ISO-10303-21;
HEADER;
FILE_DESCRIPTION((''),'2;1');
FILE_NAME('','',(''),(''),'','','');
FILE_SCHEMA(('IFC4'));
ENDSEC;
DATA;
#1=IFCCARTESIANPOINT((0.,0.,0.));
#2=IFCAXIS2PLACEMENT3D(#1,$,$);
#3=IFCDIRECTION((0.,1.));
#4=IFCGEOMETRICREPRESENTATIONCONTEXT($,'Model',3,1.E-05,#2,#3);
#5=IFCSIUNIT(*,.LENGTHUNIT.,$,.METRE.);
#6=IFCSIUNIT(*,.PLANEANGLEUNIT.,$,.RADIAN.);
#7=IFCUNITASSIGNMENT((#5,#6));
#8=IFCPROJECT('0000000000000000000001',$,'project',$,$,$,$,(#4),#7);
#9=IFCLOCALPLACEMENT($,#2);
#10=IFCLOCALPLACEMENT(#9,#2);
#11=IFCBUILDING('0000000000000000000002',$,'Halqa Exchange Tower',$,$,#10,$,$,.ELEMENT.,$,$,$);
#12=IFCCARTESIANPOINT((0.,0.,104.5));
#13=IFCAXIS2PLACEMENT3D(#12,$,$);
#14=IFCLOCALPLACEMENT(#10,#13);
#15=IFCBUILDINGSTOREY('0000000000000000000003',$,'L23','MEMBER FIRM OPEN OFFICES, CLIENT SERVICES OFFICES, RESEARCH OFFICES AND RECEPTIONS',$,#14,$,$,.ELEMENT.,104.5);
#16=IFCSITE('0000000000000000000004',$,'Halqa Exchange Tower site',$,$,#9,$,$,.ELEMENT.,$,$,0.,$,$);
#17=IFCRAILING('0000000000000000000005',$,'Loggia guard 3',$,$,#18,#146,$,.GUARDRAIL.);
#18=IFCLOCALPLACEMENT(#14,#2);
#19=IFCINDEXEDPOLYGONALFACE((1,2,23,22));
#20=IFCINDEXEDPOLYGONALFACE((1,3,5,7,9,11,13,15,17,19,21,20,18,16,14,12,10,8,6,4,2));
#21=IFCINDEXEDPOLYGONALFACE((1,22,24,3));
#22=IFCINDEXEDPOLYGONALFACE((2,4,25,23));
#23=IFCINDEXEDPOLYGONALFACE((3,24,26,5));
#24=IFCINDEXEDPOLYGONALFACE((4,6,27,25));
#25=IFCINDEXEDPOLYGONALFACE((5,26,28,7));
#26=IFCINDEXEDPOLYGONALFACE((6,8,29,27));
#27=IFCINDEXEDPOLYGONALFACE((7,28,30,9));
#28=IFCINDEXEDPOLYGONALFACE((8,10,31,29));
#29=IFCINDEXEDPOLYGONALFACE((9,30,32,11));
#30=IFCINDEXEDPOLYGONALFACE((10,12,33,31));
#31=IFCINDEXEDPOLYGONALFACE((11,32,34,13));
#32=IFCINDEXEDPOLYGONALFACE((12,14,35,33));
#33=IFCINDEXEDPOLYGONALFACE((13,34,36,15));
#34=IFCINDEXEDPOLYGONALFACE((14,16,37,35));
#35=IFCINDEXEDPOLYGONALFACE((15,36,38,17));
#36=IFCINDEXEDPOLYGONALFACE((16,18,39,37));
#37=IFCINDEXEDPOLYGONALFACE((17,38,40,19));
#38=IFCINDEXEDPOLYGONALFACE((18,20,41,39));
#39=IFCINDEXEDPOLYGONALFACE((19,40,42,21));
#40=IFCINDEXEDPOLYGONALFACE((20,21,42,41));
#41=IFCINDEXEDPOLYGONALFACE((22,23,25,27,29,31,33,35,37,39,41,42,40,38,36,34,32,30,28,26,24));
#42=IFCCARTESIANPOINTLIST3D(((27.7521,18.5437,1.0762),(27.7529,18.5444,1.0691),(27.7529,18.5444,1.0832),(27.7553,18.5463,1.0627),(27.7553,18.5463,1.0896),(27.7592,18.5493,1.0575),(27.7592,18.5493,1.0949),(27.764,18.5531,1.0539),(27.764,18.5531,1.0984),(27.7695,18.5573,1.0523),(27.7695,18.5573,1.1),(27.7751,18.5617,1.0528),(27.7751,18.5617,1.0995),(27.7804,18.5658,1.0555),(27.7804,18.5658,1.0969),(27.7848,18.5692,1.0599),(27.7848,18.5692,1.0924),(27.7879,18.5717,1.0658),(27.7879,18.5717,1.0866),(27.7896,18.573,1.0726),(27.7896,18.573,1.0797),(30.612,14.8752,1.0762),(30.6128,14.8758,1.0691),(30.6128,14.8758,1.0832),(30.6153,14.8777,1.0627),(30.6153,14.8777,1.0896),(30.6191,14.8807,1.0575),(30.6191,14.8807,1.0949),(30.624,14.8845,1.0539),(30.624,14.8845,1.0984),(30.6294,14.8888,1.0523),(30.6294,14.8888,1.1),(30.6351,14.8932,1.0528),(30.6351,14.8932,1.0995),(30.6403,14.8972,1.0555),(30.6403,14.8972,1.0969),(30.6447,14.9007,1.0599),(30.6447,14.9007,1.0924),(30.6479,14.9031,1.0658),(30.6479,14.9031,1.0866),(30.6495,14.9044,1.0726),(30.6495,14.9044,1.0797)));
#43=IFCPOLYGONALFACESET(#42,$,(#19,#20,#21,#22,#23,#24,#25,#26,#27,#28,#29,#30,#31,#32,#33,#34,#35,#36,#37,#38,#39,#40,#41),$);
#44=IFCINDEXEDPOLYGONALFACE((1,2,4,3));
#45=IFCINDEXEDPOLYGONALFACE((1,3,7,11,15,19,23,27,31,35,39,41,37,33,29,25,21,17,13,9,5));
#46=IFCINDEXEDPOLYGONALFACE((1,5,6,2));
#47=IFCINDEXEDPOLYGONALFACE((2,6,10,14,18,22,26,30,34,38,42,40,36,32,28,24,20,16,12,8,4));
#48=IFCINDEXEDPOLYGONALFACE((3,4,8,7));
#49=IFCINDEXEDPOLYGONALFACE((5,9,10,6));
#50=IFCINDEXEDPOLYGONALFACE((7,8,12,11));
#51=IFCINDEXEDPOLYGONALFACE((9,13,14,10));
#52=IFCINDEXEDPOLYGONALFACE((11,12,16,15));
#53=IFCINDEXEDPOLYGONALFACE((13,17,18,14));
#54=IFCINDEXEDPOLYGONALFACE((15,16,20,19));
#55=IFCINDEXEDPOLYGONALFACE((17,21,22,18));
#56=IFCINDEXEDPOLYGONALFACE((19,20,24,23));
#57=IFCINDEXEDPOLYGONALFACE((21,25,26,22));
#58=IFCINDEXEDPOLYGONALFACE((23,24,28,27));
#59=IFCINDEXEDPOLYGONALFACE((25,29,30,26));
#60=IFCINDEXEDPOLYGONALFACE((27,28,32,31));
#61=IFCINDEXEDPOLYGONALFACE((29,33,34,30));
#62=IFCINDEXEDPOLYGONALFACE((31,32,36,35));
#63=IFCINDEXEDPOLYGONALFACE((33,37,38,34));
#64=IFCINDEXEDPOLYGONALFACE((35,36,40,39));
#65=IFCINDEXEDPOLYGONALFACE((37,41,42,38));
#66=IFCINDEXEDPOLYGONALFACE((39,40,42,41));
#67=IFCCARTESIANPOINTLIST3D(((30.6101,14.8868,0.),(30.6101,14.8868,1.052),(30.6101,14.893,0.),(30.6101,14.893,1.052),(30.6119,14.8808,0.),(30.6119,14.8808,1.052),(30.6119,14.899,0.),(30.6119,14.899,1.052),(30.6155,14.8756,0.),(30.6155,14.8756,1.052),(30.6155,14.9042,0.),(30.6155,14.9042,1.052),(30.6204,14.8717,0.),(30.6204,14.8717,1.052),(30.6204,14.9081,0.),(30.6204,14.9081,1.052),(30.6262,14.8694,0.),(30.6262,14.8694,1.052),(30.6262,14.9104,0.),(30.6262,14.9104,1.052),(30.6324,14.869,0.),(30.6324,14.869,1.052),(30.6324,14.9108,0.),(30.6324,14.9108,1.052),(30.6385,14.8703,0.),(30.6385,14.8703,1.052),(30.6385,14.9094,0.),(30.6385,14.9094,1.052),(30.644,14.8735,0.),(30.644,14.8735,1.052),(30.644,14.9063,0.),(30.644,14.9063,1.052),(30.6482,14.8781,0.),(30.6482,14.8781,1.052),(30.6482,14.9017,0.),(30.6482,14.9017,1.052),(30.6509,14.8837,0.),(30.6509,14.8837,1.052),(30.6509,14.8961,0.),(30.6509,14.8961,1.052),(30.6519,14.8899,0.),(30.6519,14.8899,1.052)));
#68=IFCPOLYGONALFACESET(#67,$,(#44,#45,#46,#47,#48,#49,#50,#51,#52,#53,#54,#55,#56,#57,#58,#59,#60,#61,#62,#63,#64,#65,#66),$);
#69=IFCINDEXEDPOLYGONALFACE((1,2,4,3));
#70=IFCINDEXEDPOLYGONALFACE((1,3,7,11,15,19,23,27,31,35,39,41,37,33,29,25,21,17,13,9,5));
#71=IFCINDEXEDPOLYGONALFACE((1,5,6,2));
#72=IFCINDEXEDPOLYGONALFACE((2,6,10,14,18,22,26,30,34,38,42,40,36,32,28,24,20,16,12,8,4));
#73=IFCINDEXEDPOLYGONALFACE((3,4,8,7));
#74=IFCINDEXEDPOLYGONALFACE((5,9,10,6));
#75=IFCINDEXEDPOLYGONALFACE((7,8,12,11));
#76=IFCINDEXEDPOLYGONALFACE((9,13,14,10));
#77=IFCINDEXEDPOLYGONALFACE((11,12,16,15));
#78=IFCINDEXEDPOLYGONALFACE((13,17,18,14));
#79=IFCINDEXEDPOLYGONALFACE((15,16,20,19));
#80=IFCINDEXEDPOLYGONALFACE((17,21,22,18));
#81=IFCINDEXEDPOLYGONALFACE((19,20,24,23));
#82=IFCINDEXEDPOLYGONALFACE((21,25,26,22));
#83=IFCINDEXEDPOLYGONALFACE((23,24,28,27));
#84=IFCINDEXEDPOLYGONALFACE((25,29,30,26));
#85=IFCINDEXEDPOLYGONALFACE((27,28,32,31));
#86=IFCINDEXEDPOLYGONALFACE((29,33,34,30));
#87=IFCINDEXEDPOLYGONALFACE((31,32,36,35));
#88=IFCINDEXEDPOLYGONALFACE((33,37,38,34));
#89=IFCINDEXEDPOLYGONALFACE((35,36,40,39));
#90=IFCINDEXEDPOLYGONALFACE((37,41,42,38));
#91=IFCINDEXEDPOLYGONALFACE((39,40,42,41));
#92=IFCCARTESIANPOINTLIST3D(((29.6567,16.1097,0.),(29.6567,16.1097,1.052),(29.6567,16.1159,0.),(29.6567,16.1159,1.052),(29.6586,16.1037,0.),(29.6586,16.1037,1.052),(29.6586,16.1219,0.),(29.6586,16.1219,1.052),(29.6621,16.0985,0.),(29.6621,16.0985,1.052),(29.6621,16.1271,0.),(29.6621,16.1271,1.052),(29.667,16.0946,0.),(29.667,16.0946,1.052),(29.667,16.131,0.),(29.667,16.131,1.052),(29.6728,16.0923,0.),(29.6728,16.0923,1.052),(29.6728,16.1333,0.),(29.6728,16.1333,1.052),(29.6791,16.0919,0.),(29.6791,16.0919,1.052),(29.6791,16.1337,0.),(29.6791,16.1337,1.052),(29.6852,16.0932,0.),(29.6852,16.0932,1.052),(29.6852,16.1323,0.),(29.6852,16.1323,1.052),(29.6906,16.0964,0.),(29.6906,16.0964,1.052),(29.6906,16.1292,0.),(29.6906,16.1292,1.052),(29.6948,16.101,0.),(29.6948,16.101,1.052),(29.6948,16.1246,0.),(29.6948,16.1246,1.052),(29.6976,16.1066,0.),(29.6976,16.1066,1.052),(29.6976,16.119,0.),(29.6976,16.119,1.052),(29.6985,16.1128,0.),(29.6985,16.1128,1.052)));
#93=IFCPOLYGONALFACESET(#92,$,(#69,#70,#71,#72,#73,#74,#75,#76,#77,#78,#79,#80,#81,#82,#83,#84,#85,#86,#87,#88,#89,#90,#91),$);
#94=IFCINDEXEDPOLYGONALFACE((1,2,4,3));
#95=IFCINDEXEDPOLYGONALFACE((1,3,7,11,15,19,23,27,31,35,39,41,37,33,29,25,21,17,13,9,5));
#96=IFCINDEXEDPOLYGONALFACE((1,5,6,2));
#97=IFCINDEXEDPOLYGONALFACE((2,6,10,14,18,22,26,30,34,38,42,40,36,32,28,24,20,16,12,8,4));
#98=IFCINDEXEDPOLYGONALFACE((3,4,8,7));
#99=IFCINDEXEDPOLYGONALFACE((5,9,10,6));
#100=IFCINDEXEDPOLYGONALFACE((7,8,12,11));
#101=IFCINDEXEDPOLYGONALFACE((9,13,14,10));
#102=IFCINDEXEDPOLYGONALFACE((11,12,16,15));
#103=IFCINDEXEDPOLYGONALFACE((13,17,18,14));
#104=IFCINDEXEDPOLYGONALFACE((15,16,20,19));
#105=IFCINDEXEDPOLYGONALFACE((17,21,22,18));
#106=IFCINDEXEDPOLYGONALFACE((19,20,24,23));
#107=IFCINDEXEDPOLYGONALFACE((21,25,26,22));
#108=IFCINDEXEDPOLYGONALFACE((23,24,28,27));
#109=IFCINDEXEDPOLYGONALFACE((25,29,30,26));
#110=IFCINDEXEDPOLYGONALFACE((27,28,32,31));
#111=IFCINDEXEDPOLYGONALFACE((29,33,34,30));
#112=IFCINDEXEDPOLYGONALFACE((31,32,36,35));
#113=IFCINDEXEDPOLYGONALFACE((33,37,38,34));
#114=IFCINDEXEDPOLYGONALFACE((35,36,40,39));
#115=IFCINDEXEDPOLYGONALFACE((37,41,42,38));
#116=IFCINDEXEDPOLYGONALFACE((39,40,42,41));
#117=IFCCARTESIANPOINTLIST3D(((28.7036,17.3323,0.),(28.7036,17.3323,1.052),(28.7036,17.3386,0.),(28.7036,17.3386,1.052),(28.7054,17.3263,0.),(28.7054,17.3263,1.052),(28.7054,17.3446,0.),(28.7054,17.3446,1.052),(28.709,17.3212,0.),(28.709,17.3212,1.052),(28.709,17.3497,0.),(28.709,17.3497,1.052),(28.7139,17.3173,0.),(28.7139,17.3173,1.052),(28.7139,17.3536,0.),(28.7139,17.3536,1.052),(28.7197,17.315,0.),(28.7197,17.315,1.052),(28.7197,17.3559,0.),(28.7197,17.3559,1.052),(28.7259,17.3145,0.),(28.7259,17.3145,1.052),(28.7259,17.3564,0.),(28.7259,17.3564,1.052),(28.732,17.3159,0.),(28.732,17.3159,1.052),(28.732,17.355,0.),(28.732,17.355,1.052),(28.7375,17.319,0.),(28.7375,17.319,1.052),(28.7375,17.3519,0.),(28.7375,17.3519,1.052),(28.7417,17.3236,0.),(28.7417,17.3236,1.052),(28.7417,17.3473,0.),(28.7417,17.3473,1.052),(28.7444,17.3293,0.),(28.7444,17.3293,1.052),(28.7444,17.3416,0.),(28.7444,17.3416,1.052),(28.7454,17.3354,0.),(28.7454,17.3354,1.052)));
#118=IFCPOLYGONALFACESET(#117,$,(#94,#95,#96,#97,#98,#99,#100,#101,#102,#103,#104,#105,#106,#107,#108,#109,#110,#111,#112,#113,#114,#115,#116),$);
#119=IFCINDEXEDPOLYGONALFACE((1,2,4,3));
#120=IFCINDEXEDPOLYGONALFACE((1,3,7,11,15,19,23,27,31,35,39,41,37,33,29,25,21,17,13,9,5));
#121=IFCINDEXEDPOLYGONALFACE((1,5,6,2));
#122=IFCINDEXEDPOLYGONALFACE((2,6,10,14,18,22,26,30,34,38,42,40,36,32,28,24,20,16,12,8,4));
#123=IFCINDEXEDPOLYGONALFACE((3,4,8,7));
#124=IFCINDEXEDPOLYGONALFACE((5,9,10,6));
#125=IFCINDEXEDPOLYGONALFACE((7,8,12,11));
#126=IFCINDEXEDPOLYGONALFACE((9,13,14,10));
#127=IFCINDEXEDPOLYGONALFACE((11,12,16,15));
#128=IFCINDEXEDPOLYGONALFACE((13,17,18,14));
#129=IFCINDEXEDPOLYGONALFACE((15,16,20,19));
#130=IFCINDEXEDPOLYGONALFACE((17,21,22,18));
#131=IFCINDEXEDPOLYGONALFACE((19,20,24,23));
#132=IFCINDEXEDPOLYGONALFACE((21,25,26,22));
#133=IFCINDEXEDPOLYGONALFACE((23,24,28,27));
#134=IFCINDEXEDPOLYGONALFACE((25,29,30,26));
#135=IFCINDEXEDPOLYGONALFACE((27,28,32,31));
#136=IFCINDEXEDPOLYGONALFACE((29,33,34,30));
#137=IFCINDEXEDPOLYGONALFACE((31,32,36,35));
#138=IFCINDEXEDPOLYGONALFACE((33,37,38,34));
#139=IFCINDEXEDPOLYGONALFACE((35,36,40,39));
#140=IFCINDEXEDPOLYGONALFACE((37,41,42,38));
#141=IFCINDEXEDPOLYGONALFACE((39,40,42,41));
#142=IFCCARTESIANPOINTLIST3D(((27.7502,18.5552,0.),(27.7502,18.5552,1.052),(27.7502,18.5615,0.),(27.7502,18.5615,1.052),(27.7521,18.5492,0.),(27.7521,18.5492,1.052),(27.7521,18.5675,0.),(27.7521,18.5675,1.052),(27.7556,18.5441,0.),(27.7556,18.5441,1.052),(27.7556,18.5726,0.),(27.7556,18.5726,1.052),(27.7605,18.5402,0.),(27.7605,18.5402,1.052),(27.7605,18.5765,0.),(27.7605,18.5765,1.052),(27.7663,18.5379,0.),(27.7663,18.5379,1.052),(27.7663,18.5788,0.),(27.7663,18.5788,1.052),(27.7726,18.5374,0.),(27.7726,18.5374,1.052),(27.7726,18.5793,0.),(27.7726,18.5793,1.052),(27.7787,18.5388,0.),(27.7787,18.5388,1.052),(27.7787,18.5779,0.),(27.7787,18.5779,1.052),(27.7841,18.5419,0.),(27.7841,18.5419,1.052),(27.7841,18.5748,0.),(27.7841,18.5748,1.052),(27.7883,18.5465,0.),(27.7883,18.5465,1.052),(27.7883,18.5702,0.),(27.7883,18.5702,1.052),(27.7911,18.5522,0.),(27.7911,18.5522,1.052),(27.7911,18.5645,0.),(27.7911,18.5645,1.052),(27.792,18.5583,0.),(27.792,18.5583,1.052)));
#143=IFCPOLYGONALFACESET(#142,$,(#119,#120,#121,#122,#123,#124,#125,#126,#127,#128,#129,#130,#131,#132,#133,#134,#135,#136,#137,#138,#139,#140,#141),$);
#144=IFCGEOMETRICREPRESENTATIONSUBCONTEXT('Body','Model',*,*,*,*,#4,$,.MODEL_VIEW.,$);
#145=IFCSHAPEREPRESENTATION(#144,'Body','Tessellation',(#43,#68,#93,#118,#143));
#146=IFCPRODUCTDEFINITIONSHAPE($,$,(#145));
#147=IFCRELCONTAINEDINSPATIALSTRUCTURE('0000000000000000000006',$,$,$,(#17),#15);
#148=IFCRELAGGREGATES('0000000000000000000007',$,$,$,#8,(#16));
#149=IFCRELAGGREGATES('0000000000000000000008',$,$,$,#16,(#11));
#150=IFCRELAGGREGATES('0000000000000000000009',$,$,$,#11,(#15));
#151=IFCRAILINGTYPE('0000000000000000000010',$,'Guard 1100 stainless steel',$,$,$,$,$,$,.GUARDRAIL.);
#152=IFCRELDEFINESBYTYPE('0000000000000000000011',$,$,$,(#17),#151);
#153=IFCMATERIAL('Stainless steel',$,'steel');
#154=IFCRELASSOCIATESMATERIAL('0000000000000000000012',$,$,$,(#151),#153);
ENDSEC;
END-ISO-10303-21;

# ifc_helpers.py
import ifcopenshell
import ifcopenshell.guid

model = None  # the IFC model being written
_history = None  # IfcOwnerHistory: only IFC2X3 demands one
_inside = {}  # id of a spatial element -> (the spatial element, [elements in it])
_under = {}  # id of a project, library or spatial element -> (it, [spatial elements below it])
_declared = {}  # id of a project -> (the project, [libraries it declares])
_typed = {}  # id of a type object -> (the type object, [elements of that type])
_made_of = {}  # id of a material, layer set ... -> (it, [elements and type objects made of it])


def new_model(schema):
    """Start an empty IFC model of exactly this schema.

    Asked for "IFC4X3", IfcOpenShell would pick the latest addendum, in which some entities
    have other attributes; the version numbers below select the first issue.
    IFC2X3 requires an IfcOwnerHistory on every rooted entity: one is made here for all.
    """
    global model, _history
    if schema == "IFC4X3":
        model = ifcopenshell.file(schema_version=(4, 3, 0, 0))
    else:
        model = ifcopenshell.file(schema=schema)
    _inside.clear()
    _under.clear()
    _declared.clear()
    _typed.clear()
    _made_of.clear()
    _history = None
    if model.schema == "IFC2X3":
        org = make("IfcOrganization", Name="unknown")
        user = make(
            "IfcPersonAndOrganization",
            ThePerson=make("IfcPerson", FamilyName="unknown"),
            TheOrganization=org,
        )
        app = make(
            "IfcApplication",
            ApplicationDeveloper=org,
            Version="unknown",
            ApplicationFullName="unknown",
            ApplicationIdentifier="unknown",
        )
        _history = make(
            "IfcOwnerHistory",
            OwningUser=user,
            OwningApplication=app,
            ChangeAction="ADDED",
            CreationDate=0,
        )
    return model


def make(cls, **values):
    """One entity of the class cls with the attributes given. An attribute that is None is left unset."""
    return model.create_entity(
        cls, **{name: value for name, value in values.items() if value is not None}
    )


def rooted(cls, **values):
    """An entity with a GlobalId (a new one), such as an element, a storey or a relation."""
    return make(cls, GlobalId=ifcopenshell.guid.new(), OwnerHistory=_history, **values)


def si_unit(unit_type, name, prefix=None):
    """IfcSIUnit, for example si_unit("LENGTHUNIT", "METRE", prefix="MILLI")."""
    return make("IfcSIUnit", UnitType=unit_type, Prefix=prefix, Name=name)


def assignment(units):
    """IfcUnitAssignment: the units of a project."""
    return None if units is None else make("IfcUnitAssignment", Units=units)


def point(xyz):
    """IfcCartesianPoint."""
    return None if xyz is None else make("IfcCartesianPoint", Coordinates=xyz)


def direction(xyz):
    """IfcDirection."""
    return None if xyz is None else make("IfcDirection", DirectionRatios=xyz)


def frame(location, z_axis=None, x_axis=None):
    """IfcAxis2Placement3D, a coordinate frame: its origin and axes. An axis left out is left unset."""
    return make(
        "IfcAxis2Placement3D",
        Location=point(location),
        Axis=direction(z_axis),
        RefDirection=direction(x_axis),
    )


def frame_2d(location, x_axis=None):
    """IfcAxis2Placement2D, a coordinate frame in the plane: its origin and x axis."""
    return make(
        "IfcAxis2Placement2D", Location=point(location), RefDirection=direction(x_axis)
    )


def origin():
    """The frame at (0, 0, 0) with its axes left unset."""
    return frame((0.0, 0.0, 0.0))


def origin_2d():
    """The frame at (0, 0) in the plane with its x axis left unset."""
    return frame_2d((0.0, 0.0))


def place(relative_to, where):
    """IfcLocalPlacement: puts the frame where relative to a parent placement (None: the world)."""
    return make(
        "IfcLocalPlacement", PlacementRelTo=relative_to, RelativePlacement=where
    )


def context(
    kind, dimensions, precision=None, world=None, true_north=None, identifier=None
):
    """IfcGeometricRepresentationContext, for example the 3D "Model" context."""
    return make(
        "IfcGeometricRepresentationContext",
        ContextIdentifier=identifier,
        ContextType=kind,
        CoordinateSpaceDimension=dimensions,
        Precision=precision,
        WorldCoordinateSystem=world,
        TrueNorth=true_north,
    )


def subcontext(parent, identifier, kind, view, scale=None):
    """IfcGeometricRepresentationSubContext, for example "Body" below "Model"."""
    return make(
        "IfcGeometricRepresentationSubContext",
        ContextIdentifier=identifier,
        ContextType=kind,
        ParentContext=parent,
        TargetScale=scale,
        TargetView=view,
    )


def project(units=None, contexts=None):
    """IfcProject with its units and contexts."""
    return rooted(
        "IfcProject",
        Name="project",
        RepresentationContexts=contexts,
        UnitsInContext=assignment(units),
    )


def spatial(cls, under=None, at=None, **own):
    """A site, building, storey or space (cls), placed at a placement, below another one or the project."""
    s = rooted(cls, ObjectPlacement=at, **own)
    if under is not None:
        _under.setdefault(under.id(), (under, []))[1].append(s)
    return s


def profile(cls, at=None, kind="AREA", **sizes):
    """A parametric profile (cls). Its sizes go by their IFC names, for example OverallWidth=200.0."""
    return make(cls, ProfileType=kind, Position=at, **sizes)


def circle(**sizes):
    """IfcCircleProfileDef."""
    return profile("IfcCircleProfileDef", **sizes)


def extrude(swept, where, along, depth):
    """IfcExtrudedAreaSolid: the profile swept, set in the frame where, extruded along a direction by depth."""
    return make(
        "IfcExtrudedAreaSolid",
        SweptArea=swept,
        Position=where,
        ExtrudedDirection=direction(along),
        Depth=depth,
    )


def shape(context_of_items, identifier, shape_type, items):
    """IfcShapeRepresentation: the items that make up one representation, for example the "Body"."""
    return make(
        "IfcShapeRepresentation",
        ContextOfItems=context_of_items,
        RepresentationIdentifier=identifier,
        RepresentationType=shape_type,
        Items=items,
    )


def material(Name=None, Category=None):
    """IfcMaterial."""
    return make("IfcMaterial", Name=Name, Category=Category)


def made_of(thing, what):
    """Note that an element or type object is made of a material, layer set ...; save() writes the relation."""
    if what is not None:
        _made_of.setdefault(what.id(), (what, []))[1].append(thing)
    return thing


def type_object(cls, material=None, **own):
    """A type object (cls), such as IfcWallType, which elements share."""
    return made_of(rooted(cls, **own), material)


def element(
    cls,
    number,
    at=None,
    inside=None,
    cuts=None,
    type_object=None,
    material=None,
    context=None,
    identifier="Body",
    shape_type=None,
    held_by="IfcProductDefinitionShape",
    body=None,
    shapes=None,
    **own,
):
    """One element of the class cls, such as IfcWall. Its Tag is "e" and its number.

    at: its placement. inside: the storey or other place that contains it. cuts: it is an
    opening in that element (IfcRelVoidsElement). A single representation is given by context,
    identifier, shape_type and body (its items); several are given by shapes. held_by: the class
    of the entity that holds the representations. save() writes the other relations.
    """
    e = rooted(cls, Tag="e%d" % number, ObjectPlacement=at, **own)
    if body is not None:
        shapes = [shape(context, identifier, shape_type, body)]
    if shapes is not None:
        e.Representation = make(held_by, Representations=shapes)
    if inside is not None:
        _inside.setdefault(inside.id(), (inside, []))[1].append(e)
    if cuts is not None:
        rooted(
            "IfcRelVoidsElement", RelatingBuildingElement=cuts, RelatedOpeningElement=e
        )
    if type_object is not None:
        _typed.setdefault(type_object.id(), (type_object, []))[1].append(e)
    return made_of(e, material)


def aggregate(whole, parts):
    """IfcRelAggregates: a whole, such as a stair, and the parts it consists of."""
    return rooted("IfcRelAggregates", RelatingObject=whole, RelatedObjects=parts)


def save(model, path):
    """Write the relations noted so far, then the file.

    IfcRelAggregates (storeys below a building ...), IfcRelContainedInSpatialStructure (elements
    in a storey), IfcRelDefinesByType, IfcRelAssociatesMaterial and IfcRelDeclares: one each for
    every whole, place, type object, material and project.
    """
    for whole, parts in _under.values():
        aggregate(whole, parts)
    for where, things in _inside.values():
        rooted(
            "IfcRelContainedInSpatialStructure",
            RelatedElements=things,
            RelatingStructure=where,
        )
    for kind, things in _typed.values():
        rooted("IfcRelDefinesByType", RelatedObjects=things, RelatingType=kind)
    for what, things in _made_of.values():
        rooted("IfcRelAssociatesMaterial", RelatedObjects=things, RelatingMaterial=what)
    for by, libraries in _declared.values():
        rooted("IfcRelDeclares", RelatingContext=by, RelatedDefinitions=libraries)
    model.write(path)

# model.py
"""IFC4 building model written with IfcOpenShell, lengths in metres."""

from ifc_helpers import new_model, si_unit, direction, frame, origin, origin_2d, place, context, subcontext, project, spatial, circle, extrude, material, type_object, element, save


model = new_model("IFC4")

# Units and contexts
model_context = context("Model", 3, precision=1e-05, world=origin(), true_north=direction((0.0, 1.0)))
body_context = subcontext(model_context, "Body", "Model", "MODEL_VIEW")
ifc_project = project(units=[si_unit("LENGTHUNIT", "METRE"), si_unit("PLANEANGLEUNIT", "RADIAN")], contexts=[model_context])

# Site, building, storey
site_placement = place(None, origin())
site = spatial("IfcSite", under=ifc_project, at=site_placement, Name="Halqa Exchange Tower site", CompositionType="ELEMENT", RefElevation=0.0)
building_placement = place(site_placement, origin())
building = spatial("IfcBuilding", under=site, at=building_placement, Name="Halqa Exchange Tower", CompositionType="ELEMENT")
storey_placement = place(building_placement, frame((0.0, 0.0, 104.5)))
storey = spatial("IfcBuildingStorey", under=building, at=storey_placement, Name="L23", Description="MEMBER FIRM OPEN OFFICES, CLIENT SERVICES OFFICES, RESEARCH OFFICES AND RECEPTIONS", CompositionType="ELEMENT", Elevation=104.5)

# Railing
ifc_material_1 = material(Name="Stainless steel", Category="steel")
railing_type = type_object("IfcRailingType", Name="Guard 1100 stainless steel", PredefinedType="GUARDRAIL", material=ifc_material_1)
railing_1_placement = place(storey_placement, frame((30.6309, 14.8899, 0.0)))
element("IfcRailing", 1, at=railing_1_placement, inside=storey, type_object=railing_type, Name="Loggia guard 3", PredefinedType="GUARDRAIL", context=body_context, shape_type="SweptSolid", body=[
    extrude(circle(Radius=0.0239, at=origin_2d()), frame((0.0, 0.0, 1.0762), z_axis=(-0.614827, 0.788662, 0.0), x_axis=(-0.788662, -0.614827, 0.0)), (0.0, 0.0, 1.0), 4.6516),
    extrude(circle(Radius=0.021, at=origin_2d()), origin(), (0.0, 0.0, 1.0), 1.052),
    extrude(circle(Radius=0.021, at=origin_2d()), frame((-0.9534, 1.2229, 0.0)), (0.0, 0.0, 1.0), 1.052),
    extrude(circle(Radius=0.021, at=origin_2d()), frame((-1.9065, 2.4456, 0.0)), (0.0, 0.0, 1.0), 1.052),
    extrude(circle(Radius=0.021, at=origin_2d()), frame((-2.8599, 3.6685, 0.0)), (0.0, 0.0, 1.0), 1.052),
])

save(model, "model.ifc")
